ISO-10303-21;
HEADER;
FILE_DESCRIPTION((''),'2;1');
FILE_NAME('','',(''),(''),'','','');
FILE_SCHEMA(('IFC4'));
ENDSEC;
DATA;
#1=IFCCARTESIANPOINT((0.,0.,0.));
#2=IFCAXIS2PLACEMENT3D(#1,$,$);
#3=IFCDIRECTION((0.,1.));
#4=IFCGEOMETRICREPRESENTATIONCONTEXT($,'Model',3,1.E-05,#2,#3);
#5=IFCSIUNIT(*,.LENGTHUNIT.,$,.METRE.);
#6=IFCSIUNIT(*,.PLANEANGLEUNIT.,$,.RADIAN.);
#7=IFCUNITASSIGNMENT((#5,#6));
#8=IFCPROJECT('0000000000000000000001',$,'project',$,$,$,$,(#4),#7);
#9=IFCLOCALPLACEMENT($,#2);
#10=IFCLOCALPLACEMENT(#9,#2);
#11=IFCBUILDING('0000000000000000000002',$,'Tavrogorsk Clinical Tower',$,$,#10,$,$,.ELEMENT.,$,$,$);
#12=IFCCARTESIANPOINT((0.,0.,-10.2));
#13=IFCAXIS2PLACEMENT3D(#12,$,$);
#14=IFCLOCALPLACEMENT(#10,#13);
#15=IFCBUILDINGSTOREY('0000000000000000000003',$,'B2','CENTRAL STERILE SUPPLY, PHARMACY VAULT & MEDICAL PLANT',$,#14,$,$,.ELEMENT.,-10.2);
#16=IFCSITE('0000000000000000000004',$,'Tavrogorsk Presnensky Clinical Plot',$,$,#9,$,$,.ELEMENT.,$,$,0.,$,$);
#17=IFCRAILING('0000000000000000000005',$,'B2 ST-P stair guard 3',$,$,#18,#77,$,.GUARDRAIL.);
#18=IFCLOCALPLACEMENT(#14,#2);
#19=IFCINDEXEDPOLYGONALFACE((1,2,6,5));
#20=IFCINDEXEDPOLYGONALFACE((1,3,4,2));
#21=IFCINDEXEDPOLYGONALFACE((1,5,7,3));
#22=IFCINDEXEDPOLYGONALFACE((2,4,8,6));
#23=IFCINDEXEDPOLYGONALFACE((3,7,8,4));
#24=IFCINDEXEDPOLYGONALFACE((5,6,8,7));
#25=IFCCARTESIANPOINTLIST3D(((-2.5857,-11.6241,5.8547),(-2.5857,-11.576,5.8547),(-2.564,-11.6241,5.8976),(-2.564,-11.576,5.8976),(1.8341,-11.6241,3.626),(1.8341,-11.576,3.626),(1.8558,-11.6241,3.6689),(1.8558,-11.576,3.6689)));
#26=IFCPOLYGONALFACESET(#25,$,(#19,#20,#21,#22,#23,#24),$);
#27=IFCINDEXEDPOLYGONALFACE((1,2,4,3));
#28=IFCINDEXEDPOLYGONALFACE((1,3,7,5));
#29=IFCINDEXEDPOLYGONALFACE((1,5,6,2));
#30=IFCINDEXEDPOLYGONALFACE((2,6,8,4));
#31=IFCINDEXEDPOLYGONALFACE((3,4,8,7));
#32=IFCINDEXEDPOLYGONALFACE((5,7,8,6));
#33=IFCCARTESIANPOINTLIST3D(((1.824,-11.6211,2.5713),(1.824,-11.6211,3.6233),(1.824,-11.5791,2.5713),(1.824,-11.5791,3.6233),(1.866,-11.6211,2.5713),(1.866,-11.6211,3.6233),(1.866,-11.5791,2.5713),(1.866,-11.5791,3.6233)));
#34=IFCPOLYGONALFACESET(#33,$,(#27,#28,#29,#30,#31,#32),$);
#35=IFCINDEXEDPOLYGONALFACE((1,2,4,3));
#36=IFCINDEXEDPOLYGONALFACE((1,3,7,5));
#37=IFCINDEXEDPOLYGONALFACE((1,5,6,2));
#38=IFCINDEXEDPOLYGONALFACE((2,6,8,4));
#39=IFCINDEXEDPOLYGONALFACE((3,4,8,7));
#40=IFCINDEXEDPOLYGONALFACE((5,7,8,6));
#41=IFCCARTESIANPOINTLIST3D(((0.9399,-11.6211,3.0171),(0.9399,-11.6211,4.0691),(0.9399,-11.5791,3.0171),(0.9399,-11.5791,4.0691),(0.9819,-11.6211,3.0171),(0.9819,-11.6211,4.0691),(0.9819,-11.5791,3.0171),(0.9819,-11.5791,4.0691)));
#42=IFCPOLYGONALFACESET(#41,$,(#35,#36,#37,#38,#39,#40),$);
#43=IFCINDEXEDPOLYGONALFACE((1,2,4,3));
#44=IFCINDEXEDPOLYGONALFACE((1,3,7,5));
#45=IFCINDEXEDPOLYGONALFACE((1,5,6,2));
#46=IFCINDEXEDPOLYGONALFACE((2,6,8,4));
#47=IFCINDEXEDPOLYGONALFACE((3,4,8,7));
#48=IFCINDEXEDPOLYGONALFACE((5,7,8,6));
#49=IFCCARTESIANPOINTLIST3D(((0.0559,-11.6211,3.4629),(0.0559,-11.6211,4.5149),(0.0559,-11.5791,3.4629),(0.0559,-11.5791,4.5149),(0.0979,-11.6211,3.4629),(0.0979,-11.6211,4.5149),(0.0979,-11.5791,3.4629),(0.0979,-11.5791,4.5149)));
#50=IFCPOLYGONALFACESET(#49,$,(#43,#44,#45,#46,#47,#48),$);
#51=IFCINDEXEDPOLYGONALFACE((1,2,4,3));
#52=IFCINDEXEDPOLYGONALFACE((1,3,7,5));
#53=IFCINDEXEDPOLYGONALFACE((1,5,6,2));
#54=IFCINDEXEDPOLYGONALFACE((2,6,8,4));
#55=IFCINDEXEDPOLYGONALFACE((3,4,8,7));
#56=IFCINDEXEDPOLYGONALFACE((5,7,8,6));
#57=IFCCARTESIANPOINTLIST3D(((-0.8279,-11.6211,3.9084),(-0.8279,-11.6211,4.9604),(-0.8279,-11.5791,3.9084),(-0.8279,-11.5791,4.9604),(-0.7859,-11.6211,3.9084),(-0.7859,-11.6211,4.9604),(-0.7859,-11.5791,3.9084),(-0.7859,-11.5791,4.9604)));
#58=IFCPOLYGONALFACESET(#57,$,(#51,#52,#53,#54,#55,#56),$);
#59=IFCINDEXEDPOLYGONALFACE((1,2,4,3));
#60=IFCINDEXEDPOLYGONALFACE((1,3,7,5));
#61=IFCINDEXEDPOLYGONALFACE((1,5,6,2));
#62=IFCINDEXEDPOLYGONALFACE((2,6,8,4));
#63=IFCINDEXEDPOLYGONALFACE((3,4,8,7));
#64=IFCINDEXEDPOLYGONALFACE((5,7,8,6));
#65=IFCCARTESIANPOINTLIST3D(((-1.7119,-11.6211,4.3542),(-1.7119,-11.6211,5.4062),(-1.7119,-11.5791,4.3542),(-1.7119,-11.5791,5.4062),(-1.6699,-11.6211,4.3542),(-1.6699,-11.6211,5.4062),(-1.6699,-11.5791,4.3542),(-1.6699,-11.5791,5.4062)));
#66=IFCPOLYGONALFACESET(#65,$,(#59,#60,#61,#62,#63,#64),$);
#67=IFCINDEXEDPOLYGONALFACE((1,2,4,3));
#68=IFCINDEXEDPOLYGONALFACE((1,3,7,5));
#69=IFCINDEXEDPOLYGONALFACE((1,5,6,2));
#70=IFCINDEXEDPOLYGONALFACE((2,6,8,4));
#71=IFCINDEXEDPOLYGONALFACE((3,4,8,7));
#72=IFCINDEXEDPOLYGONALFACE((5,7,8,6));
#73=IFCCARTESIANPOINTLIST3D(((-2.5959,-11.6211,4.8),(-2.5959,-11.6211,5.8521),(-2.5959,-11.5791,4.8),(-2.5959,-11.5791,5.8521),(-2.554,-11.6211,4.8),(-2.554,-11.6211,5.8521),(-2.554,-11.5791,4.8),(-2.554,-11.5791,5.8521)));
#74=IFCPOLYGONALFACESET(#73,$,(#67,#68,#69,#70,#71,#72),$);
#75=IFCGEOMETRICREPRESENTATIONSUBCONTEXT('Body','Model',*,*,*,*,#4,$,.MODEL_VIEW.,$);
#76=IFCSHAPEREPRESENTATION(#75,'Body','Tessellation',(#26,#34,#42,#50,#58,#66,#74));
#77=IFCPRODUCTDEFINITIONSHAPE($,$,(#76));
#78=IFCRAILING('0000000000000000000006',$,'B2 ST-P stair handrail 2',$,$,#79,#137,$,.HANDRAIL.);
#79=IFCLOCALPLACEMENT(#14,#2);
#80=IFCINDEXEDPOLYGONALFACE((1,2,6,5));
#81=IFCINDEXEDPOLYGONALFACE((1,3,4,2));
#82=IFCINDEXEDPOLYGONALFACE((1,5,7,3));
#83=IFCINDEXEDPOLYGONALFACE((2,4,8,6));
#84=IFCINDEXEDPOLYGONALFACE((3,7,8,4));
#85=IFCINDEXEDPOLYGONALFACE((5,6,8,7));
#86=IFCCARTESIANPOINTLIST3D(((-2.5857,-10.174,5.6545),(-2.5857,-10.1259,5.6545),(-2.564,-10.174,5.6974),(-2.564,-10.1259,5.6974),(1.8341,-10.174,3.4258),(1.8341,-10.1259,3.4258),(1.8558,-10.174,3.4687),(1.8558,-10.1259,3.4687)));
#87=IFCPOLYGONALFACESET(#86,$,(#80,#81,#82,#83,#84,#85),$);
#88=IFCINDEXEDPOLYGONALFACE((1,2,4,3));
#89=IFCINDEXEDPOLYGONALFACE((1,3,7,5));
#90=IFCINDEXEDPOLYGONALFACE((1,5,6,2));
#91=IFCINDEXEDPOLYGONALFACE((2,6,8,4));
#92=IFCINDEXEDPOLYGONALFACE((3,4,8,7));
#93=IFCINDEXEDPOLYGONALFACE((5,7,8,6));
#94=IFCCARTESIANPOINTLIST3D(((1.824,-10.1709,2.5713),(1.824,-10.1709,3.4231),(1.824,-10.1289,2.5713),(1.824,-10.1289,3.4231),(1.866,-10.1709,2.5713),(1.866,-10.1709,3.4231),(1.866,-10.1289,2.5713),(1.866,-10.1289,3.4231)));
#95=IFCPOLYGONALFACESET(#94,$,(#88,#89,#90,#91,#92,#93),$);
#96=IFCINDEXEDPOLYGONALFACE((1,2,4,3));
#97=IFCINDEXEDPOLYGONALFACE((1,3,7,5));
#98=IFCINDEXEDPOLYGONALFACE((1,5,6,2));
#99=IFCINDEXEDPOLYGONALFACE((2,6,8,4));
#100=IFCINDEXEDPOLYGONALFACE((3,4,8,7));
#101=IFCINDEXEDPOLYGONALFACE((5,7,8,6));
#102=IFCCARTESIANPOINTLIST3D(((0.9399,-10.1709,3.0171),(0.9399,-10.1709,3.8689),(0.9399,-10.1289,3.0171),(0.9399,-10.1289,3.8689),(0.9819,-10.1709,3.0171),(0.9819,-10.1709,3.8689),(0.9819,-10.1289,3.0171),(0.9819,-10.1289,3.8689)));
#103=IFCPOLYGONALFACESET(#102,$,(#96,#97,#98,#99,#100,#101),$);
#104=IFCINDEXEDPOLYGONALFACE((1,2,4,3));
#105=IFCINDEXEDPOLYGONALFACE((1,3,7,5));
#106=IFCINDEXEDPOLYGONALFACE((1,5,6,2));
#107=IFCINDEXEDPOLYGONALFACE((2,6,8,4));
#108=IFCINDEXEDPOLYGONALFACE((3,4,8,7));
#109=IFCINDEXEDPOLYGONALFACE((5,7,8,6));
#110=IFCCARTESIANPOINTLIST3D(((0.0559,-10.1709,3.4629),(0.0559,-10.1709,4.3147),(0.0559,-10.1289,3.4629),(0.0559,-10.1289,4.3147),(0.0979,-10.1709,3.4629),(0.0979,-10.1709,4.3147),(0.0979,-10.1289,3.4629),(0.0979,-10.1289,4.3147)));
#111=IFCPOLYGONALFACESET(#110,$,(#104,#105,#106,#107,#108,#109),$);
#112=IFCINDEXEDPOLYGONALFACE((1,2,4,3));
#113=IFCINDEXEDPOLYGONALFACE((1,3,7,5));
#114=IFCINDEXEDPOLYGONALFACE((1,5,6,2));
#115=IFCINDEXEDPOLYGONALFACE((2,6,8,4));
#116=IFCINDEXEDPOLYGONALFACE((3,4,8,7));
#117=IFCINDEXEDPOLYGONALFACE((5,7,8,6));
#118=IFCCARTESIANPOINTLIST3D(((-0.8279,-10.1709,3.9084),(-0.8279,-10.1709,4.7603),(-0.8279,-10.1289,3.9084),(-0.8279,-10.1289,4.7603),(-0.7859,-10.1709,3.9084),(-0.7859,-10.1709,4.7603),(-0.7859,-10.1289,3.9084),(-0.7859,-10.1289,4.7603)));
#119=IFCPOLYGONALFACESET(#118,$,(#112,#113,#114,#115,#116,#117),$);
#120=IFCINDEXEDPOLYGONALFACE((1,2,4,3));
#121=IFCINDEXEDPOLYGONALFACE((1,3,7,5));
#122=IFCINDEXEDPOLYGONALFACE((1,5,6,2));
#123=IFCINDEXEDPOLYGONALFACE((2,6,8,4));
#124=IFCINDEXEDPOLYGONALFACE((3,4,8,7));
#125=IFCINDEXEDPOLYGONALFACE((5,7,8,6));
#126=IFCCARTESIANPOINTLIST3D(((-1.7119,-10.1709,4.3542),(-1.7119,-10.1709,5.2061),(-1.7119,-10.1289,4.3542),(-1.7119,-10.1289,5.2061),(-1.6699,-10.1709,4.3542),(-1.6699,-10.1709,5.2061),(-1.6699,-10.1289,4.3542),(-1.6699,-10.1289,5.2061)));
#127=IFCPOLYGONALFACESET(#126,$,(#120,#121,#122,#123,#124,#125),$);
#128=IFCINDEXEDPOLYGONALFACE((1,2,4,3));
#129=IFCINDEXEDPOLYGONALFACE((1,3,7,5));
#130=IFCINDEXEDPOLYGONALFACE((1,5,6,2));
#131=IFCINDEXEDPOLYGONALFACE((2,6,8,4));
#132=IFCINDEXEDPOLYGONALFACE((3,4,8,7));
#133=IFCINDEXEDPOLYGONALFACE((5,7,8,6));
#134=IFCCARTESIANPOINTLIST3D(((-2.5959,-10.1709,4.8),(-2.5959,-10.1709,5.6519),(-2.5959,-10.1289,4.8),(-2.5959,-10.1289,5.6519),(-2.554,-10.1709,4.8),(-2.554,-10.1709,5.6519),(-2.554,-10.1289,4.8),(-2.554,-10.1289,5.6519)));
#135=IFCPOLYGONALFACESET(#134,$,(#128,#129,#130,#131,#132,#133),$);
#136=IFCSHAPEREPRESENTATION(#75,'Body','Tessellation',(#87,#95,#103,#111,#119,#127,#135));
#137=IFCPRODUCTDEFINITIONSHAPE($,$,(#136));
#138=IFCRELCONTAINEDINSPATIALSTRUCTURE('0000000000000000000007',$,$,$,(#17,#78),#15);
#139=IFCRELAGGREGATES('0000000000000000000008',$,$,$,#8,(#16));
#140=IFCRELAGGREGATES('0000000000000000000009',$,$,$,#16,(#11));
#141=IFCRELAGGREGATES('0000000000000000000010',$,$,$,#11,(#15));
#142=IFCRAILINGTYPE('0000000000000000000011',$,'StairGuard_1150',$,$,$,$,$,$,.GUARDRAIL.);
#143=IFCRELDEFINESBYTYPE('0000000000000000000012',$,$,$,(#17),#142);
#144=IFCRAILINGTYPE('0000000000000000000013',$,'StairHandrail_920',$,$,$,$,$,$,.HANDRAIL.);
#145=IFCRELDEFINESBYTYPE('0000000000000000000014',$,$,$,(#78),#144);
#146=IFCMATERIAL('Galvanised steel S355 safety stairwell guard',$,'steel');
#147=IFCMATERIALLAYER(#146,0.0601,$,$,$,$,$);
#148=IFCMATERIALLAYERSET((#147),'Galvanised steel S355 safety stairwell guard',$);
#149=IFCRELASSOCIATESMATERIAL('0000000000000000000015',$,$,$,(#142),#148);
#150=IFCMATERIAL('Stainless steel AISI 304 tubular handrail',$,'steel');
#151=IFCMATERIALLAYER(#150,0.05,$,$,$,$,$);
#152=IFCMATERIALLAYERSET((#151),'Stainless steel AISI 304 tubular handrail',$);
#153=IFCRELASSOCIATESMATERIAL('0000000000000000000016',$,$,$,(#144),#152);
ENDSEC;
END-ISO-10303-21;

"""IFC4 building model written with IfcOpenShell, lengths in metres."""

from ifc_helpers import new_model, si_unit, direction, frame, origin, origin_2d, place, context, subcontext, project, spatial, rectangle, extrude, material, layer, layer_set, type_object, element, save


model = new_model("IFC4")

# Units and contexts
model_context = context("Model", 3, precision=1e-05, world=origin(), true_north=direction((0.0, 1.0)))
body_context = subcontext(model_context, "Body", "Model", "MODEL_VIEW")
ifc_project = project(units=[si_unit("LENGTHUNIT", "METRE"), si_unit("PLANEANGLEUNIT", "RADIAN")], contexts=[model_context])

# Site, building, storey
site_placement = place(None, origin())
site = spatial("IfcSite", under=ifc_project, at=site_placement, Name="Tavrogorsk Presnensky Clinical Plot", CompositionType="ELEMENT", RefElevation=0.0)
building_placement = place(site_placement, origin())
building = spatial("IfcBuilding", under=site, at=building_placement, Name="Tavrogorsk Clinical Tower", CompositionType="ELEMENT")
storey_placement = place(building_placement, frame((0.0, 0.0, -10.2)))
storey = spatial("IfcBuildingStorey", under=building, at=storey_placement, Name="B2", Description="CENTRAL STERILE SUPPLY, PHARMACY VAULT & MEDICAL PLANT", CompositionType="ELEMENT", Elevation=-10.2)

# Railings
ifc_material_1 = material(Name="Galvanised steel S355 safety stairwell guard", Category="steel")
ifc_layer_1 = layer(ifc_material_1, 0.0601)
ifc_layer_set_1 = layer_set([ifc_layer_1], Name="Galvanised steel S355 safety stairwell guard")
railing_type_1 = type_object("IfcRailingType", Name="StairGuard_1150", PredefinedType="GUARDRAIL", material=ifc_layer_set_1)
railing_1_placement = place(storey_placement, frame((1.845, -11.6001, 2.5713)))
element("IfcRailing", 1, at=railing_1_placement, inside=storey, type_object=railing_type_1, Name="B2 ST-P stair guard 3", PredefinedType="GUARDRAIL", context=body_context, shape_type="SweptSolid", body=[
    extrude(rectangle(XDim=0.0481, YDim=0.0481, at=origin_2d()), frame((0.0, 0.0, 1.0762), z_axis=(-0.892903, 0.0, 0.450249), x_axis=(0.0, -1.0, 0.0)), (0.0, 0.0, 1.0), 4.95),
    extrude(rectangle(XDim=0.042, YDim=0.042, at=origin_2d()), origin(), (0.0, 0.0, 1.0), 1.052),
    extrude(rectangle(XDim=0.042, YDim=0.042, at=origin_2d()), frame((-0.884, 0.0, 0.4458)), (0.0, 0.0, 1.0), 1.052),
    extrude(rectangle(XDim=0.042, YDim=0.042, at=origin_2d()), frame((-1.7681, 0.0, 0.8916)), (0.0, 0.0, 1.0), 1.052),
    extrude(rectangle(XDim=0.042, YDim=0.042, at=origin_2d()), frame((-2.6519, 0.0, 1.3372)), (0.0, 0.0, 1.0), 1.052),
    extrude(rectangle(XDim=0.042, YDim=0.042, at=origin_2d()), frame((-3.5359, 0.0, 1.783)), (0.0, 0.0, 1.0), 1.052),
    extrude(rectangle(XDim=0.042, YDim=0.042, at=origin_2d()), frame((-4.4199, 0.0, 2.2288)), (0.0, 0.0, 1.0), 1.052),
])
ifc_material_2 = material(Name="Stainless steel AISI 304 tubular handrail", Category="steel")
ifc_layer_2 = layer(ifc_material_2, 0.05)
ifc_layer_set_2 = layer_set([ifc_layer_2], Name="Stainless steel AISI 304 tubular handrail")
railing_type_2 = type_object("IfcRailingType", Name="StairHandrail_920", PredefinedType="HANDRAIL", material=ifc_layer_set_2)
railing_2_placement = place(storey_placement, frame((1.845, -10.1499, 2.5713)))
element("IfcRailing", 2, at=railing_2_placement, inside=storey, type_object=railing_type_2, Name="B2 ST-P stair handrail 2", PredefinedType="HANDRAIL", context=body_context, shape_type="SweptSolid", body=[
    extrude(rectangle(XDim=0.0481, YDim=0.0481, at=origin_2d()), frame((0.0, 0.0, 0.876), z_axis=(-0.892903, 0.0, 0.450249), x_axis=(0.0, -1.0, 0.0)), (0.0, 0.0, 1.0), 4.95),
    extrude(rectangle(XDim=0.042, YDim=0.042, at=origin_2d()), origin(), (0.0, 0.0, 1.0), 0.8518),
    extrude(rectangle(XDim=0.042, YDim=0.042, at=origin_2d()), frame((-0.884, 0.0, 0.4458)), (0.0, 0.0, 1.0), 0.8518),
    extrude(rectangle(XDim=0.042, YDim=0.042, at=origin_2d()), frame((-1.7681, 0.0, 0.8916)), (0.0, 0.0, 1.0), 0.8518),
    extrude(rectangle(XDim=0.042, YDim=0.042, at=origin_2d()), frame((-2.6519, 0.0, 1.3372)), (0.0, 0.0, 1.0), 0.8518),
    extrude(rectangle(XDim=0.042, YDim=0.042, at=origin_2d()), frame((-3.5359, 0.0, 1.783)), (0.0, 0.0, 1.0), 0.8518),
    extrude(rectangle(XDim=0.042, YDim=0.042, at=origin_2d()), frame((-4.4199, 0.0, 2.2288)), (0.0, 0.0, 1.0), 0.8518),
])

save(model, "model.ifc")
